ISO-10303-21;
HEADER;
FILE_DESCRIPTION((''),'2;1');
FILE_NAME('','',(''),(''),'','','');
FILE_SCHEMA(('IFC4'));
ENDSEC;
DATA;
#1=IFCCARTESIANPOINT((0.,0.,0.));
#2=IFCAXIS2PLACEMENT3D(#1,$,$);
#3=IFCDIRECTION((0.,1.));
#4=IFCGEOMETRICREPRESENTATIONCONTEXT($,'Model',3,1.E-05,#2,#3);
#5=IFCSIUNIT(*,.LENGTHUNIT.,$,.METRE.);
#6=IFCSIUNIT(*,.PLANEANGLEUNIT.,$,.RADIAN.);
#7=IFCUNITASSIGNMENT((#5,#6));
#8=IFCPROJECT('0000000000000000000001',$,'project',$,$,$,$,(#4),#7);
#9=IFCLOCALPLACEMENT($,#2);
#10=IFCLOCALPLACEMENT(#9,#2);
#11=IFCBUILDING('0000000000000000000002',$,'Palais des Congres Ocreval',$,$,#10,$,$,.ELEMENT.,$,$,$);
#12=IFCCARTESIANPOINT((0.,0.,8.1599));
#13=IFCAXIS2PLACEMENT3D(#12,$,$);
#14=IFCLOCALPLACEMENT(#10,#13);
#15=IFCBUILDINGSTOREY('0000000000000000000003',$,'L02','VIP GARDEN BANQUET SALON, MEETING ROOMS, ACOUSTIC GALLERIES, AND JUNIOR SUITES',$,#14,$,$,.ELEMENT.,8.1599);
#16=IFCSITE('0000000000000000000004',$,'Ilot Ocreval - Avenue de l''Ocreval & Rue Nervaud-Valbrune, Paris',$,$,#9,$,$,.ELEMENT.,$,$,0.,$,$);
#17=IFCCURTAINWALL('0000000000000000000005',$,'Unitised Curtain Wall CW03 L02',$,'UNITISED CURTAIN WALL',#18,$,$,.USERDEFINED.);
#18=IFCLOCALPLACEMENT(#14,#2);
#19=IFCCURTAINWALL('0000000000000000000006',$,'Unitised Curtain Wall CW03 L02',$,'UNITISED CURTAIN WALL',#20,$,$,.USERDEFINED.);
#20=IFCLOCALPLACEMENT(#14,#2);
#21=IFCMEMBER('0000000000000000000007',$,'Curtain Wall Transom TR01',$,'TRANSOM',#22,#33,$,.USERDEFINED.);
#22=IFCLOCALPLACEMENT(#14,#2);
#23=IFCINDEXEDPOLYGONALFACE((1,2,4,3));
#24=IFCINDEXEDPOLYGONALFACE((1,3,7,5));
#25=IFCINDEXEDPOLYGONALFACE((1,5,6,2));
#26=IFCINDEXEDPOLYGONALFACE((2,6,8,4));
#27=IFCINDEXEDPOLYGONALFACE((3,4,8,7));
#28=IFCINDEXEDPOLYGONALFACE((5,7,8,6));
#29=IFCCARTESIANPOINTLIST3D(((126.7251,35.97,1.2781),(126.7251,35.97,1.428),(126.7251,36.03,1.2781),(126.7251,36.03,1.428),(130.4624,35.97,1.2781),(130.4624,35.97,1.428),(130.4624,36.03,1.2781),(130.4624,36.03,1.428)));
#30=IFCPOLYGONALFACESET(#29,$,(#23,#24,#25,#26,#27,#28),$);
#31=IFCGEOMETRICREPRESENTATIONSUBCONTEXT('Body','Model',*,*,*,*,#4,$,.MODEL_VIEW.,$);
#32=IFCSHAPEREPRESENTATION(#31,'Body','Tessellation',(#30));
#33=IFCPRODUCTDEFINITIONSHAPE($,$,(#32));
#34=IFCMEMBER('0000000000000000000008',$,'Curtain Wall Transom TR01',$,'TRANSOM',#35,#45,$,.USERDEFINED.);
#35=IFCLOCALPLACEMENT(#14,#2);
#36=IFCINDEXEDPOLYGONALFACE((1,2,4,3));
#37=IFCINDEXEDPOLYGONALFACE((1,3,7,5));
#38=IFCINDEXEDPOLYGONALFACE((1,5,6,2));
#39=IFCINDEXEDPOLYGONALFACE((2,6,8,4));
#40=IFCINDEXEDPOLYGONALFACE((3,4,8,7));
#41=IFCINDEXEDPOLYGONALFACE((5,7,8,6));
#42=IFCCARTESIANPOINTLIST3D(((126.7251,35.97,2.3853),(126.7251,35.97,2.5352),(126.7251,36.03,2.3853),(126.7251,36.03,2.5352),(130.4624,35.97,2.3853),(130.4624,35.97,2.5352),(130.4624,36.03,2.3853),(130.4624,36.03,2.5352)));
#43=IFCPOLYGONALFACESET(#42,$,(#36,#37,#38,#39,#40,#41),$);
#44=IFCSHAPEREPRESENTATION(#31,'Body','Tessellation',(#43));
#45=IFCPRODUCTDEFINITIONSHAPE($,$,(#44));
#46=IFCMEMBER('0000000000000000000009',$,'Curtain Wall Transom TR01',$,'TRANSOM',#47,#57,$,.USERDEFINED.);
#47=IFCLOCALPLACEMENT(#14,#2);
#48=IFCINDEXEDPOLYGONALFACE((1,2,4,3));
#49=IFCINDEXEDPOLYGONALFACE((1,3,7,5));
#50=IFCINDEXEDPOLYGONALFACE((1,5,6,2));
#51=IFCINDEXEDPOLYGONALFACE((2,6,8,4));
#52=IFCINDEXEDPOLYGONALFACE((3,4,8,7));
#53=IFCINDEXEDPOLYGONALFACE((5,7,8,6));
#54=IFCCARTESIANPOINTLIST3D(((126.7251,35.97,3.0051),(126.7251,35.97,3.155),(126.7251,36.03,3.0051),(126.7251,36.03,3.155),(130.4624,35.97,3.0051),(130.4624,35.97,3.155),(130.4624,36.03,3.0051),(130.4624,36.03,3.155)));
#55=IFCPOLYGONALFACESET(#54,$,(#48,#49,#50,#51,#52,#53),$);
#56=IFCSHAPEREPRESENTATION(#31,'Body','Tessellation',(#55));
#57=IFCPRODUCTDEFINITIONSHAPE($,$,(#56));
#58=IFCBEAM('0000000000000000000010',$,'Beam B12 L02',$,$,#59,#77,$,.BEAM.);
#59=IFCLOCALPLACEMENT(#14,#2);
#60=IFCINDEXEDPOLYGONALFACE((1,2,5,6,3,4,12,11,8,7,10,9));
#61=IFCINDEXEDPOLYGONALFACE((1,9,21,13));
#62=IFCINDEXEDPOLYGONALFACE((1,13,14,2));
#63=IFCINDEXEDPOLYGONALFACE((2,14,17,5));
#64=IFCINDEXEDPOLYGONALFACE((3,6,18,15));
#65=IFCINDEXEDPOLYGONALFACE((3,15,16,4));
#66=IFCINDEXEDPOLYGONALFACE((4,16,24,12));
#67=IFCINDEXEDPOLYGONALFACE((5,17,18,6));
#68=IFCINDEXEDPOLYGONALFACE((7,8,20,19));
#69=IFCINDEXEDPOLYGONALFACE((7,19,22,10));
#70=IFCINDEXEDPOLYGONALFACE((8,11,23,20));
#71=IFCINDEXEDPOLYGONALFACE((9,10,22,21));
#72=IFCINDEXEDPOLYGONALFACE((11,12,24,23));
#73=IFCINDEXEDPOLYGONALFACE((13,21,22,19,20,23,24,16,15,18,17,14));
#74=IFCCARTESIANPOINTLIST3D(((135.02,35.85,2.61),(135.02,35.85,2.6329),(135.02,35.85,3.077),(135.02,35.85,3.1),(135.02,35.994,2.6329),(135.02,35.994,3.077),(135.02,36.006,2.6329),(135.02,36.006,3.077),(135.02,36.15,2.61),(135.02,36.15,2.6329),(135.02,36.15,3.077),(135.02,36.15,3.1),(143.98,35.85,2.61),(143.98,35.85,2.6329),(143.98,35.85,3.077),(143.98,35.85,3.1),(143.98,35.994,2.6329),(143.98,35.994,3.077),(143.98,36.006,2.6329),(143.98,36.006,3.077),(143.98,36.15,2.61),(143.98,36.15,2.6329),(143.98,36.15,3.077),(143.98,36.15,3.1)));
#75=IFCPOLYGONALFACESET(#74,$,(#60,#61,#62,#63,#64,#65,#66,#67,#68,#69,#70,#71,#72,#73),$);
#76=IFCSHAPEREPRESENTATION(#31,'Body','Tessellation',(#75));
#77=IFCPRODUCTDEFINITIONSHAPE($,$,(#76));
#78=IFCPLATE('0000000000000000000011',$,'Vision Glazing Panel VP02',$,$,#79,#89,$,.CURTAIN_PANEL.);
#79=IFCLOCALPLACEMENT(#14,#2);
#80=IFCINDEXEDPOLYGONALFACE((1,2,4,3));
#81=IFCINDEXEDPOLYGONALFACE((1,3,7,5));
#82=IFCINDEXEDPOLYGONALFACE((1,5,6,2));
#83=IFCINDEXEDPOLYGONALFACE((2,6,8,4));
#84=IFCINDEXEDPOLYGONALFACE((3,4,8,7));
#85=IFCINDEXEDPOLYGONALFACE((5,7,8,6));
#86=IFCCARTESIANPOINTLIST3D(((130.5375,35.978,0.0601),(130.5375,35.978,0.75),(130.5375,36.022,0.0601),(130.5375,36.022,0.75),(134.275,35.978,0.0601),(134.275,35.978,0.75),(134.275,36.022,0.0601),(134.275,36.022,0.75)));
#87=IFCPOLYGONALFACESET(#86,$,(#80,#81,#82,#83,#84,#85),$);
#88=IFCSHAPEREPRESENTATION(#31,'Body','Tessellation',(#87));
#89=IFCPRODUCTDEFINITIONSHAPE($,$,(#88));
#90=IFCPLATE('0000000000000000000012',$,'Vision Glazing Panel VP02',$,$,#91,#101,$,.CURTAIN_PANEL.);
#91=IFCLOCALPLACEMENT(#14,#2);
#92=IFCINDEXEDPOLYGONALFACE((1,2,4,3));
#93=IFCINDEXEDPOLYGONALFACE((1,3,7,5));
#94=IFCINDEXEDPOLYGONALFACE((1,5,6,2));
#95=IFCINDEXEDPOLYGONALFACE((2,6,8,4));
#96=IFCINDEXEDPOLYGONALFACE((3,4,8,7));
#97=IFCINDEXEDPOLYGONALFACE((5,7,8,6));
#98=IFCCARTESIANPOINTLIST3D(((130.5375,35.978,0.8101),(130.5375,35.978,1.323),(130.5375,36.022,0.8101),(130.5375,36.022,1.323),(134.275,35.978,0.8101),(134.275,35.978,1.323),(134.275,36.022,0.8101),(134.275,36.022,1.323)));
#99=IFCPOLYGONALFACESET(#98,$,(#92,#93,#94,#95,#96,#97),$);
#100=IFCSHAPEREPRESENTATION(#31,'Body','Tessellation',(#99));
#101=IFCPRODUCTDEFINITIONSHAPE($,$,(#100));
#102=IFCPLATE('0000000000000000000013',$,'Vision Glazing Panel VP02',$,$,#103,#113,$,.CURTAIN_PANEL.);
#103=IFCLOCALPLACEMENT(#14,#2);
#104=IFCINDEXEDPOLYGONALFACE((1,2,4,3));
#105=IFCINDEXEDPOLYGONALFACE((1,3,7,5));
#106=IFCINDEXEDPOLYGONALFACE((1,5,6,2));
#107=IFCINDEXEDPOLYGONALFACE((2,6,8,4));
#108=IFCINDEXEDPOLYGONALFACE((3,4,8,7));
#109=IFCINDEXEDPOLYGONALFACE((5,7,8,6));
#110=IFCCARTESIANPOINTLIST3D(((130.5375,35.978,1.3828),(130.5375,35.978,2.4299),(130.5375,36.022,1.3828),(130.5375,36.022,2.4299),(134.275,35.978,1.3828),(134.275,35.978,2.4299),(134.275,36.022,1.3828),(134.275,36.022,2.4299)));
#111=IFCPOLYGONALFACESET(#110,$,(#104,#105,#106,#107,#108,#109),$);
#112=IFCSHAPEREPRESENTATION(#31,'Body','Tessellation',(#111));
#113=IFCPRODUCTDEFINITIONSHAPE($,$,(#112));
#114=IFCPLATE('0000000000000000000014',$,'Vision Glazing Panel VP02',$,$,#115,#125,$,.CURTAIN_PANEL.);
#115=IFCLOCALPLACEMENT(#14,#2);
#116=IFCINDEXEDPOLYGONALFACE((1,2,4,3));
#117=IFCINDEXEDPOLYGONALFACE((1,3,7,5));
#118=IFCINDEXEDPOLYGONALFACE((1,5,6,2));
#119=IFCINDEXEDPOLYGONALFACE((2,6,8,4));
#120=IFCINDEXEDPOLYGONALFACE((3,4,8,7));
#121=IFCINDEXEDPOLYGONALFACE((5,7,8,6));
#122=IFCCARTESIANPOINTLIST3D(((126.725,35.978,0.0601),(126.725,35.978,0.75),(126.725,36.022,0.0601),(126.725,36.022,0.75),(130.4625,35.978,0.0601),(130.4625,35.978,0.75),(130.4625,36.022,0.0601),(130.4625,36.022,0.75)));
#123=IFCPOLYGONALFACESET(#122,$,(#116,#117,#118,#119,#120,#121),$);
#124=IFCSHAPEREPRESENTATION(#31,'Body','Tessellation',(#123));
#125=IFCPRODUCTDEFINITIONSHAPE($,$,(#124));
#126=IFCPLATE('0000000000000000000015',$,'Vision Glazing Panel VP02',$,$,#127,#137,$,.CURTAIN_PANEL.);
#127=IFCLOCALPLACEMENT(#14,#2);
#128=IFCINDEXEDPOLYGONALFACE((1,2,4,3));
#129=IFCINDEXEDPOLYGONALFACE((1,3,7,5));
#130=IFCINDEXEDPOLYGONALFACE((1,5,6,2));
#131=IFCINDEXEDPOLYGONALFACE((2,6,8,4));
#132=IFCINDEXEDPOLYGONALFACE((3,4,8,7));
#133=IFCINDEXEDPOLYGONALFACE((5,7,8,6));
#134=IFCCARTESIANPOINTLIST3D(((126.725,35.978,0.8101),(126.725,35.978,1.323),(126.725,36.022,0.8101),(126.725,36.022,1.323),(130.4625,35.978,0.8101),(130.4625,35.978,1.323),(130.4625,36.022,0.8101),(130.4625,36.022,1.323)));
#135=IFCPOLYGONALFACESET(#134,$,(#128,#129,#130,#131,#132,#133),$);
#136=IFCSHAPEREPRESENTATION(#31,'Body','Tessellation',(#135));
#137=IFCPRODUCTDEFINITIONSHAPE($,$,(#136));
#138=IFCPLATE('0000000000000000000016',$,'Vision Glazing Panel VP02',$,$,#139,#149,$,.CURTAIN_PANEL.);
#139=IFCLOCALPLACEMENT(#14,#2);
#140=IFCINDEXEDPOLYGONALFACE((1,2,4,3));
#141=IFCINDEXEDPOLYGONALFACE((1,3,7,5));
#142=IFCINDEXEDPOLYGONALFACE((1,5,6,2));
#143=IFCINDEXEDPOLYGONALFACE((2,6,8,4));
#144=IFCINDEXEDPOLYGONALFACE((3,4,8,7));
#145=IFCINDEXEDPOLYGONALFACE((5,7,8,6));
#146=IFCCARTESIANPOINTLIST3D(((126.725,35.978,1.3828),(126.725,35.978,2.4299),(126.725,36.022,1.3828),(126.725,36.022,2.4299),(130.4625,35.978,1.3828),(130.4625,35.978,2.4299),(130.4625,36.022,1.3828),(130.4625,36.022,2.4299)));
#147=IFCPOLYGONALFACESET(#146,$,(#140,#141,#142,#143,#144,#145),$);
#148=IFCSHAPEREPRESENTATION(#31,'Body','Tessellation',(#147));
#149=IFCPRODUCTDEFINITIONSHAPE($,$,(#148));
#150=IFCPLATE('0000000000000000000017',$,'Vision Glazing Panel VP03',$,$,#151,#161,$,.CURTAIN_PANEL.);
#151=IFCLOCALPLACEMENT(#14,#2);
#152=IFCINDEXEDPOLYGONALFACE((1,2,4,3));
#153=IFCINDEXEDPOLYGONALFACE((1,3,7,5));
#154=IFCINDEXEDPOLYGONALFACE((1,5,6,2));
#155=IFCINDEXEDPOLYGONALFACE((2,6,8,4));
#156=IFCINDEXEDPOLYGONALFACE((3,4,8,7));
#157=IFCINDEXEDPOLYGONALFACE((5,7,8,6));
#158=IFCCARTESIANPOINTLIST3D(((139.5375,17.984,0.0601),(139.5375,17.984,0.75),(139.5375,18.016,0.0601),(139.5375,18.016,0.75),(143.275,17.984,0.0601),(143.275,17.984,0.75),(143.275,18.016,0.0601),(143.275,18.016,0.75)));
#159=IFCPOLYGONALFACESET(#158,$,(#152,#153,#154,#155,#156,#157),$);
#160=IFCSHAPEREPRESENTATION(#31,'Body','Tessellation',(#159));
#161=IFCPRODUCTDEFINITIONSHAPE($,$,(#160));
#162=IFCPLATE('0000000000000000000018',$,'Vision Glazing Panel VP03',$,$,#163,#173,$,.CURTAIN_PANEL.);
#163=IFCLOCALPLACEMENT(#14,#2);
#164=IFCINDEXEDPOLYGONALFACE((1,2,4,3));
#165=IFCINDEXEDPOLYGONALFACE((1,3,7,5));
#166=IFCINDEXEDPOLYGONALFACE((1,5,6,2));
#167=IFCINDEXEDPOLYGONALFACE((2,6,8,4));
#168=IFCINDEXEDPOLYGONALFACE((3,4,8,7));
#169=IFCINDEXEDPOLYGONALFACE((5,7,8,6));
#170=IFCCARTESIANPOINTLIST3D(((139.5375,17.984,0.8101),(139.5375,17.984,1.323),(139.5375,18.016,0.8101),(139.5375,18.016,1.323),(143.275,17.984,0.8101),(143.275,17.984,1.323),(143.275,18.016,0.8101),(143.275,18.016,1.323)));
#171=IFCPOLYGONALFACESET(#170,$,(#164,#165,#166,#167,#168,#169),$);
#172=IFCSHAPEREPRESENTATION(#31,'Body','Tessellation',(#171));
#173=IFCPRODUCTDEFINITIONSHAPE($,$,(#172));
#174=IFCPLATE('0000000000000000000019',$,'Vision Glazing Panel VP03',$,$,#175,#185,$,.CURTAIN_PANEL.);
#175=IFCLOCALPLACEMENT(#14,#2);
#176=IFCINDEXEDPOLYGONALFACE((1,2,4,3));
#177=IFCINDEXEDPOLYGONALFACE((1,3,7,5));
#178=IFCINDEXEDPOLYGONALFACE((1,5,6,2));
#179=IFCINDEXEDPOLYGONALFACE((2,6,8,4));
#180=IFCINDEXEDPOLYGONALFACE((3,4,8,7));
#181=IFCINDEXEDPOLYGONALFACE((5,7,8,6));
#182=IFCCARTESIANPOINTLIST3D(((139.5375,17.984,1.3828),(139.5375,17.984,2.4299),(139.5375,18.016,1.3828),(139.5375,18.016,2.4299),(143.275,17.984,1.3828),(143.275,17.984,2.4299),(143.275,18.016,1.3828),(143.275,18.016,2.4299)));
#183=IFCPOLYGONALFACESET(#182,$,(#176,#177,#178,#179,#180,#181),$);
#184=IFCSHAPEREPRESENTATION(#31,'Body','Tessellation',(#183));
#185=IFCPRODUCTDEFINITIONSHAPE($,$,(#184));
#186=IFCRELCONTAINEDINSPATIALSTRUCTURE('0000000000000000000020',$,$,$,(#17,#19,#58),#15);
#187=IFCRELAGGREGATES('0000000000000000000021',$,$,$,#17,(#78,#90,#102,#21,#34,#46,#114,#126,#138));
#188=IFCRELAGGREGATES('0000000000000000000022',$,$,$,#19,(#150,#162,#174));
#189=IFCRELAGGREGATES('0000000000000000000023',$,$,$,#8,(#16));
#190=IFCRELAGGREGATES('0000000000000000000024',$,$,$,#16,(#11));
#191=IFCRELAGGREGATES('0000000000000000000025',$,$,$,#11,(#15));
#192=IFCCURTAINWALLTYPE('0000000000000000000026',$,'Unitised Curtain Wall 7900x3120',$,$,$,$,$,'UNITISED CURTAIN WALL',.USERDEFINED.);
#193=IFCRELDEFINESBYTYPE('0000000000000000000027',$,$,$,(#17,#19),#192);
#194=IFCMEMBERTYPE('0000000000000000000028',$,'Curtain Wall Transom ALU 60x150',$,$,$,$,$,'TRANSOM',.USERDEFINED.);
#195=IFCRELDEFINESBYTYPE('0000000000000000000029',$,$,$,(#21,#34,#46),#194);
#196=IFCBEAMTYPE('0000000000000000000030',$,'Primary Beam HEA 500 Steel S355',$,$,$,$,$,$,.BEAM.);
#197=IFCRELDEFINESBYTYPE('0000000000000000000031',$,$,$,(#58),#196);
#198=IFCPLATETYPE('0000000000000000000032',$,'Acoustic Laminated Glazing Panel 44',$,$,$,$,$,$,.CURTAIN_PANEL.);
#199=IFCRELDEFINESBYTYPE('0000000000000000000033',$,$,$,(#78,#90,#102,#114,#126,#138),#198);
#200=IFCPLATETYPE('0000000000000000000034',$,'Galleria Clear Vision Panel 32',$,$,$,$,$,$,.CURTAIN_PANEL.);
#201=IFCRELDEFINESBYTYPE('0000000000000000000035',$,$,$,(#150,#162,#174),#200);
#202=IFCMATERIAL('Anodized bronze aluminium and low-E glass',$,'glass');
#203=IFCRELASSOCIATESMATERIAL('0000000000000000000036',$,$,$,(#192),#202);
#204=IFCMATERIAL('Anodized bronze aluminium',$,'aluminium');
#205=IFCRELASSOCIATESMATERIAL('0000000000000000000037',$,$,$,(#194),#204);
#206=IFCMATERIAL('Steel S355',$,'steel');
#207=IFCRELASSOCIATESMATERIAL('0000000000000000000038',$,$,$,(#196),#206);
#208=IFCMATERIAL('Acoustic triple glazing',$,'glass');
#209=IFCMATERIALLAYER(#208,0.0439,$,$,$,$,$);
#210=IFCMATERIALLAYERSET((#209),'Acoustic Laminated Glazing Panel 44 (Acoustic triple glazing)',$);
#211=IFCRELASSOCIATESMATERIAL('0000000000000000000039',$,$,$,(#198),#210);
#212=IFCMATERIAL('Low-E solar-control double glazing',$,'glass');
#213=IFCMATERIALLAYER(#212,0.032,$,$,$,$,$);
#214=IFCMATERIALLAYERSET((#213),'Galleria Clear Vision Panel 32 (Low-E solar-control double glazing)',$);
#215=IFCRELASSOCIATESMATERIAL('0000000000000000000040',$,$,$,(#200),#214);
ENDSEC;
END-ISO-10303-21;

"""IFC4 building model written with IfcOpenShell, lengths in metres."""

from ifc_helpers import new_model, si_unit, direction, frame, origin, origin_2d, place, context, subcontext, project, spatial, rectangle, i_section, extrude, material, layer, layer_set, material_profile, profile_set, type_object, element, aggregate, save


model = new_model("IFC4")

# Units and contexts
model_context = context("Model", 3, precision=1e-05, world=origin(), true_north=direction((0.0, 1.0)))
body_context = subcontext(model_context, "Body", "Model", "MODEL_VIEW")
ifc_project = project(units=[si_unit("LENGTHUNIT", "METRE"), si_unit("PLANEANGLEUNIT", "RADIAN")], contexts=[model_context])

# Site, building, storey
site_placement = place(None, origin())
site = spatial("IfcSite", under=ifc_project, at=site_placement, Name="Ilot Ocreval - Avenue de l'Ocreval & Rue Nervaud-Valbrune, Paris", CompositionType="ELEMENT", RefElevation=0.0)
building_placement = place(site_placement, origin())
building = spatial("IfcBuilding", under=site, at=building_placement, Name="Palais des Congres Ocreval", CompositionType="ELEMENT")
storey_placement = place(building_placement, frame((0.0, 0.0, 8.1599)))
storey = spatial("IfcBuildingStorey", under=building, at=storey_placement, Name="L02", Description="VIP GARDEN BANQUET SALON, MEETING ROOMS, ACOUSTIC GALLERIES, AND JUNIOR SUITES", CompositionType="ELEMENT", Elevation=8.1599)

# Shared definitions
ifc_material_1 = material(Name="Steel S355", Category="steel")

# Curtain wall
ifc_material_2 = material(Name="Anodized bronze aluminium and low-E glass", Category="glass")
curtain_wall_type = type_object("IfcCurtainWallType", Name="Unitised Curtain Wall 7900x3120", ElementType="UNITISED CURTAIN WALL", PredefinedType="USERDEFINED", material=ifc_material_2)
curtain_wall_1_placement = place(storey_placement, origin())
curtain_wall_1 = element("IfcCurtainWall", 1, at=curtain_wall_1_placement, inside=storey, type_object=curtain_wall_type, Name="Unitised Curtain Wall CW03 L02", ObjectType="UNITISED CURTAIN WALL", PredefinedType="USERDEFINED")
ifc_material_3 = material(Name="Anodized bronze aluminium", Category="aluminium")

# Curtain wall
curtain_wall_2_placement = place(storey_placement, origin())
curtain_wall_2 = element("IfcCurtainWall", 2, at=curtain_wall_2_placement, inside=storey, type_object=curtain_wall_type, Name="Unitised Curtain Wall CW03 L02", ObjectType="UNITISED CURTAIN WALL", PredefinedType="USERDEFINED")

# Members
ifc_material_profile_1 = material_profile(ifc_material_3, rectangle(XDim=0.0601, YDim=0.1499, at=origin_2d()), Name="ALU 60x150")
ifc_profile_set_1 = profile_set([ifc_material_profile_1], Name="Anodized bronze aluminium")
member_type_1 = type_object("IfcMemberType", Name="Curtain Wall Transom ALU 60x150", ElementType="TRANSOM", PredefinedType="USERDEFINED", material=ifc_profile_set_1)
member_1_placement = place(storey_placement, frame((130.4624, 36.0, 1.353), z_axis=(-1.0, 0.0, 0.0), x_axis=(0.0, -1.0, 0.0)))
member_1 = element("IfcMember", 3, at=member_1_placement, type_object=member_type_1, Name="Curtain Wall Transom TR01", ObjectType="TRANSOM", PredefinedType="USERDEFINED", context=body_context, shape_type="SweptSolid", body=[
    extrude(rectangle(XDim=0.0601, YDim=0.1499, at=origin_2d()), origin(), (0.0, 0.0, 1.0), 3.7373),
])
member_2_placement = place(storey_placement, frame((130.4624, 36.0, 2.4602), z_axis=(-1.0, 0.0, 0.0), x_axis=(0.0, -1.0, 0.0)))
member_2 = element("IfcMember", 4, at=member_2_placement, type_object=member_type_1, Name="Curtain Wall Transom TR01", ObjectType="TRANSOM", PredefinedType="USERDEFINED", context=body_context, shape_type="SweptSolid", body=[
    extrude(rectangle(XDim=0.0601, YDim=0.1499, at=origin_2d()), origin(), (0.0, 0.0, 1.0), 3.7373),
])
member_3_placement = place(storey_placement, frame((130.4624, 36.0, 3.0801), z_axis=(-1.0, 0.0, 0.0), x_axis=(0.0, -1.0, 0.0)))
member_3 = element("IfcMember", 5, at=member_3_placement, type_object=member_type_1, Name="Curtain Wall Transom TR01", ObjectType="TRANSOM", PredefinedType="USERDEFINED", context=body_context, shape_type="SweptSolid", body=[
    extrude(rectangle(XDim=0.0601, YDim=0.1499, at=origin_2d()), origin(), (0.0, 0.0, 1.0), 3.7373),
])

# Beam
ifc_material_profile_2 = material_profile(ifc_material_1, i_section(OverallWidth=0.3, OverallDepth=0.49, WebThickness=0.012, FlangeThickness=0.0229, at=origin_2d()), Name="HEA 500")
ifc_profile_set_2 = profile_set([ifc_material_profile_2], Name="Steel S355")
beam_type = type_object("IfcBeamType", Name="Primary Beam HEA 500 Steel S355", PredefinedType="BEAM", material=ifc_profile_set_2)
beam_placement = place(storey_placement, frame((135.02, 36.0, 2.855), z_axis=(1.0, 0.0, 0.0), x_axis=(0.0, 1.0, 0.0)))
element("IfcBeam", 6, at=beam_placement, inside=storey, type_object=beam_type, Name="Beam B12 L02", PredefinedType="BEAM", context=body_context, shape_type="SweptSolid", body=[
    extrude(i_section(OverallWidth=0.3, OverallDepth=0.49, WebThickness=0.012, FlangeThickness=0.0229, at=origin_2d()), origin(), (0.0, 0.0, 1.0), 8.96),
])

# Plates
ifc_material_4 = material(Name="Acoustic triple glazing", Category="glass")
ifc_layer_1 = layer(ifc_material_4, 0.0439)
ifc_layer_set_1 = layer_set([ifc_layer_1], Name="Acoustic Laminated Glazing Panel 44 (Acoustic triple glazing)")
plate_type_1 = type_object("IfcPlateType", Name="Acoustic Laminated Glazing Panel 44", PredefinedType="CURTAIN_PANEL", material=ifc_layer_set_1)
plate_1_placement = place(storey_placement, frame((132.4062, 36.0, 0.0601), z_axis=(0.0, 0.0, 1.0), x_axis=(-1.0, 0.0, 0.0)))
plate_1 = element("IfcPlate", 7, at=plate_1_placement, type_object=plate_type_1, Name="Vision Glazing Panel VP02", PredefinedType="CURTAIN_PANEL", context=body_context, shape_type="SweptSolid", body=[
    extrude(rectangle(XDim=3.7375, YDim=0.0439, at=origin_2d()), origin(), (0.0, 0.0, 1.0), 0.6899),
])
plate_2_placement = place(storey_placement, frame((132.4062, 36.0, 0.8101), z_axis=(0.0, 0.0, 1.0), x_axis=(-1.0, 0.0, 0.0)))
plate_2 = element("IfcPlate", 8, at=plate_2_placement, type_object=plate_type_1, Name="Vision Glazing Panel VP02", PredefinedType="CURTAIN_PANEL", context=body_context, shape_type="SweptSolid", body=[
    extrude(rectangle(XDim=3.7375, YDim=0.0439, at=origin_2d()), origin(), (0.0, 0.0, 1.0), 0.5129),
])
plate_3_placement = place(storey_placement, frame((132.4062, 36.0, 1.3828), z_axis=(0.0, 0.0, 1.0), x_axis=(-1.0, 0.0, 0.0)))
plate_3 = element("IfcPlate", 9, at=plate_3_placement, type_object=plate_type_1, Name="Vision Glazing Panel VP02", PredefinedType="CURTAIN_PANEL", context=body_context, shape_type="SweptSolid", body=[
    extrude(rectangle(XDim=3.7375, YDim=0.0439, at=origin_2d()), origin(), (0.0, 0.0, 1.0), 1.0471),
])
plate_4_placement = place(storey_placement, frame((128.5938, 36.0, 0.0601), z_axis=(0.0, 0.0, 1.0), x_axis=(-1.0, 0.0, 0.0)))
plate_4 = element("IfcPlate", 10, at=plate_4_placement, type_object=plate_type_1, Name="Vision Glazing Panel VP02", PredefinedType="CURTAIN_PANEL", context=body_context, shape_type="SweptSolid", body=[
    extrude(rectangle(XDim=3.7375, YDim=0.0439, at=origin_2d()), origin(), (0.0, 0.0, 1.0), 0.6899),
])
plate_5_placement = place(storey_placement, frame((128.5938, 36.0, 0.8101), z_axis=(0.0, 0.0, 1.0), x_axis=(-1.0, 0.0, 0.0)))
plate_5 = element("IfcPlate", 11, at=plate_5_placement, type_object=plate_type_1, Name="Vision Glazing Panel VP02", PredefinedType="CURTAIN_PANEL", context=body_context, shape_type="SweptSolid", body=[
    extrude(rectangle(XDim=3.7375, YDim=0.0439, at=origin_2d()), origin(), (0.0, 0.0, 1.0), 0.5129),
])
plate_6_placement = place(storey_placement, frame((128.5938, 36.0, 1.3828), z_axis=(0.0, 0.0, 1.0), x_axis=(-1.0, 0.0, 0.0)))
plate_6 = element("IfcPlate", 12, at=plate_6_placement, type_object=plate_type_1, Name="Vision Glazing Panel VP02", PredefinedType="CURTAIN_PANEL", context=body_context, shape_type="SweptSolid", body=[
    extrude(rectangle(XDim=3.7375, YDim=0.0439, at=origin_2d()), origin(), (0.0, 0.0, 1.0), 1.0471),
])
ifc_material_5 = material(Name="Low-E solar-control double glazing", Category="glass")
ifc_layer_2 = layer(ifc_material_5, 0.032)
ifc_layer_set_2 = layer_set([ifc_layer_2], Name="Galleria Clear Vision Panel 32 (Low-E solar-control double glazing)")
plate_type_2 = type_object("IfcPlateType", Name="Galleria Clear Vision Panel 32", PredefinedType="CURTAIN_PANEL", material=ifc_layer_set_2)
plate_7_placement = place(storey_placement, frame((141.4062, 18.0, 0.0601), z_axis=(0.0, 0.0, 1.0), x_axis=(1.0, 0.0, 0.0)))
plate_7 = element("IfcPlate", 13, at=plate_7_placement, type_object=plate_type_2, Name="Vision Glazing Panel VP03", PredefinedType="CURTAIN_PANEL", context=body_context, shape_type="SweptSolid", body=[
    extrude(rectangle(XDim=3.7375, YDim=0.032, at=origin_2d()), origin(), (0.0, 0.0, 1.0), 0.6899),
])
plate_8_placement = place(storey_placement, frame((141.4062, 18.0, 0.8101), z_axis=(0.0, 0.0, 1.0), x_axis=(1.0, 0.0, 0.0)))
plate_8 = element("IfcPlate", 14, at=plate_8_placement, type_object=plate_type_2, Name="Vision Glazing Panel VP03", PredefinedType="CURTAIN_PANEL", context=body_context, shape_type="SweptSolid", body=[
    extrude(rectangle(XDim=3.7375, YDim=0.032, at=origin_2d()), origin(), (0.0, 0.0, 1.0), 0.5129),
])
plate_9_placement = place(storey_placement, frame((141.4062, 18.0, 1.3828), z_axis=(0.0, 0.0, 1.0), x_axis=(1.0, 0.0, 0.0)))
plate_9 = element("IfcPlate", 15, at=plate_9_placement, type_object=plate_type_2, Name="Vision Glazing Panel VP03", PredefinedType="CURTAIN_PANEL", context=body_context, shape_type="SweptSolid", body=[
    extrude(rectangle(XDim=3.7375, YDim=0.032, at=origin_2d()), origin(), (0.0, 0.0, 1.0), 1.0471),
])
aggregate(curtain_wall_1, [plate_1, plate_2, plate_3, member_1, member_2, member_3, plate_4, plate_5, plate_6])
aggregate(curtain_wall_2, [plate_7, plate_8, plate_9])

save(model, "model.ifc")
